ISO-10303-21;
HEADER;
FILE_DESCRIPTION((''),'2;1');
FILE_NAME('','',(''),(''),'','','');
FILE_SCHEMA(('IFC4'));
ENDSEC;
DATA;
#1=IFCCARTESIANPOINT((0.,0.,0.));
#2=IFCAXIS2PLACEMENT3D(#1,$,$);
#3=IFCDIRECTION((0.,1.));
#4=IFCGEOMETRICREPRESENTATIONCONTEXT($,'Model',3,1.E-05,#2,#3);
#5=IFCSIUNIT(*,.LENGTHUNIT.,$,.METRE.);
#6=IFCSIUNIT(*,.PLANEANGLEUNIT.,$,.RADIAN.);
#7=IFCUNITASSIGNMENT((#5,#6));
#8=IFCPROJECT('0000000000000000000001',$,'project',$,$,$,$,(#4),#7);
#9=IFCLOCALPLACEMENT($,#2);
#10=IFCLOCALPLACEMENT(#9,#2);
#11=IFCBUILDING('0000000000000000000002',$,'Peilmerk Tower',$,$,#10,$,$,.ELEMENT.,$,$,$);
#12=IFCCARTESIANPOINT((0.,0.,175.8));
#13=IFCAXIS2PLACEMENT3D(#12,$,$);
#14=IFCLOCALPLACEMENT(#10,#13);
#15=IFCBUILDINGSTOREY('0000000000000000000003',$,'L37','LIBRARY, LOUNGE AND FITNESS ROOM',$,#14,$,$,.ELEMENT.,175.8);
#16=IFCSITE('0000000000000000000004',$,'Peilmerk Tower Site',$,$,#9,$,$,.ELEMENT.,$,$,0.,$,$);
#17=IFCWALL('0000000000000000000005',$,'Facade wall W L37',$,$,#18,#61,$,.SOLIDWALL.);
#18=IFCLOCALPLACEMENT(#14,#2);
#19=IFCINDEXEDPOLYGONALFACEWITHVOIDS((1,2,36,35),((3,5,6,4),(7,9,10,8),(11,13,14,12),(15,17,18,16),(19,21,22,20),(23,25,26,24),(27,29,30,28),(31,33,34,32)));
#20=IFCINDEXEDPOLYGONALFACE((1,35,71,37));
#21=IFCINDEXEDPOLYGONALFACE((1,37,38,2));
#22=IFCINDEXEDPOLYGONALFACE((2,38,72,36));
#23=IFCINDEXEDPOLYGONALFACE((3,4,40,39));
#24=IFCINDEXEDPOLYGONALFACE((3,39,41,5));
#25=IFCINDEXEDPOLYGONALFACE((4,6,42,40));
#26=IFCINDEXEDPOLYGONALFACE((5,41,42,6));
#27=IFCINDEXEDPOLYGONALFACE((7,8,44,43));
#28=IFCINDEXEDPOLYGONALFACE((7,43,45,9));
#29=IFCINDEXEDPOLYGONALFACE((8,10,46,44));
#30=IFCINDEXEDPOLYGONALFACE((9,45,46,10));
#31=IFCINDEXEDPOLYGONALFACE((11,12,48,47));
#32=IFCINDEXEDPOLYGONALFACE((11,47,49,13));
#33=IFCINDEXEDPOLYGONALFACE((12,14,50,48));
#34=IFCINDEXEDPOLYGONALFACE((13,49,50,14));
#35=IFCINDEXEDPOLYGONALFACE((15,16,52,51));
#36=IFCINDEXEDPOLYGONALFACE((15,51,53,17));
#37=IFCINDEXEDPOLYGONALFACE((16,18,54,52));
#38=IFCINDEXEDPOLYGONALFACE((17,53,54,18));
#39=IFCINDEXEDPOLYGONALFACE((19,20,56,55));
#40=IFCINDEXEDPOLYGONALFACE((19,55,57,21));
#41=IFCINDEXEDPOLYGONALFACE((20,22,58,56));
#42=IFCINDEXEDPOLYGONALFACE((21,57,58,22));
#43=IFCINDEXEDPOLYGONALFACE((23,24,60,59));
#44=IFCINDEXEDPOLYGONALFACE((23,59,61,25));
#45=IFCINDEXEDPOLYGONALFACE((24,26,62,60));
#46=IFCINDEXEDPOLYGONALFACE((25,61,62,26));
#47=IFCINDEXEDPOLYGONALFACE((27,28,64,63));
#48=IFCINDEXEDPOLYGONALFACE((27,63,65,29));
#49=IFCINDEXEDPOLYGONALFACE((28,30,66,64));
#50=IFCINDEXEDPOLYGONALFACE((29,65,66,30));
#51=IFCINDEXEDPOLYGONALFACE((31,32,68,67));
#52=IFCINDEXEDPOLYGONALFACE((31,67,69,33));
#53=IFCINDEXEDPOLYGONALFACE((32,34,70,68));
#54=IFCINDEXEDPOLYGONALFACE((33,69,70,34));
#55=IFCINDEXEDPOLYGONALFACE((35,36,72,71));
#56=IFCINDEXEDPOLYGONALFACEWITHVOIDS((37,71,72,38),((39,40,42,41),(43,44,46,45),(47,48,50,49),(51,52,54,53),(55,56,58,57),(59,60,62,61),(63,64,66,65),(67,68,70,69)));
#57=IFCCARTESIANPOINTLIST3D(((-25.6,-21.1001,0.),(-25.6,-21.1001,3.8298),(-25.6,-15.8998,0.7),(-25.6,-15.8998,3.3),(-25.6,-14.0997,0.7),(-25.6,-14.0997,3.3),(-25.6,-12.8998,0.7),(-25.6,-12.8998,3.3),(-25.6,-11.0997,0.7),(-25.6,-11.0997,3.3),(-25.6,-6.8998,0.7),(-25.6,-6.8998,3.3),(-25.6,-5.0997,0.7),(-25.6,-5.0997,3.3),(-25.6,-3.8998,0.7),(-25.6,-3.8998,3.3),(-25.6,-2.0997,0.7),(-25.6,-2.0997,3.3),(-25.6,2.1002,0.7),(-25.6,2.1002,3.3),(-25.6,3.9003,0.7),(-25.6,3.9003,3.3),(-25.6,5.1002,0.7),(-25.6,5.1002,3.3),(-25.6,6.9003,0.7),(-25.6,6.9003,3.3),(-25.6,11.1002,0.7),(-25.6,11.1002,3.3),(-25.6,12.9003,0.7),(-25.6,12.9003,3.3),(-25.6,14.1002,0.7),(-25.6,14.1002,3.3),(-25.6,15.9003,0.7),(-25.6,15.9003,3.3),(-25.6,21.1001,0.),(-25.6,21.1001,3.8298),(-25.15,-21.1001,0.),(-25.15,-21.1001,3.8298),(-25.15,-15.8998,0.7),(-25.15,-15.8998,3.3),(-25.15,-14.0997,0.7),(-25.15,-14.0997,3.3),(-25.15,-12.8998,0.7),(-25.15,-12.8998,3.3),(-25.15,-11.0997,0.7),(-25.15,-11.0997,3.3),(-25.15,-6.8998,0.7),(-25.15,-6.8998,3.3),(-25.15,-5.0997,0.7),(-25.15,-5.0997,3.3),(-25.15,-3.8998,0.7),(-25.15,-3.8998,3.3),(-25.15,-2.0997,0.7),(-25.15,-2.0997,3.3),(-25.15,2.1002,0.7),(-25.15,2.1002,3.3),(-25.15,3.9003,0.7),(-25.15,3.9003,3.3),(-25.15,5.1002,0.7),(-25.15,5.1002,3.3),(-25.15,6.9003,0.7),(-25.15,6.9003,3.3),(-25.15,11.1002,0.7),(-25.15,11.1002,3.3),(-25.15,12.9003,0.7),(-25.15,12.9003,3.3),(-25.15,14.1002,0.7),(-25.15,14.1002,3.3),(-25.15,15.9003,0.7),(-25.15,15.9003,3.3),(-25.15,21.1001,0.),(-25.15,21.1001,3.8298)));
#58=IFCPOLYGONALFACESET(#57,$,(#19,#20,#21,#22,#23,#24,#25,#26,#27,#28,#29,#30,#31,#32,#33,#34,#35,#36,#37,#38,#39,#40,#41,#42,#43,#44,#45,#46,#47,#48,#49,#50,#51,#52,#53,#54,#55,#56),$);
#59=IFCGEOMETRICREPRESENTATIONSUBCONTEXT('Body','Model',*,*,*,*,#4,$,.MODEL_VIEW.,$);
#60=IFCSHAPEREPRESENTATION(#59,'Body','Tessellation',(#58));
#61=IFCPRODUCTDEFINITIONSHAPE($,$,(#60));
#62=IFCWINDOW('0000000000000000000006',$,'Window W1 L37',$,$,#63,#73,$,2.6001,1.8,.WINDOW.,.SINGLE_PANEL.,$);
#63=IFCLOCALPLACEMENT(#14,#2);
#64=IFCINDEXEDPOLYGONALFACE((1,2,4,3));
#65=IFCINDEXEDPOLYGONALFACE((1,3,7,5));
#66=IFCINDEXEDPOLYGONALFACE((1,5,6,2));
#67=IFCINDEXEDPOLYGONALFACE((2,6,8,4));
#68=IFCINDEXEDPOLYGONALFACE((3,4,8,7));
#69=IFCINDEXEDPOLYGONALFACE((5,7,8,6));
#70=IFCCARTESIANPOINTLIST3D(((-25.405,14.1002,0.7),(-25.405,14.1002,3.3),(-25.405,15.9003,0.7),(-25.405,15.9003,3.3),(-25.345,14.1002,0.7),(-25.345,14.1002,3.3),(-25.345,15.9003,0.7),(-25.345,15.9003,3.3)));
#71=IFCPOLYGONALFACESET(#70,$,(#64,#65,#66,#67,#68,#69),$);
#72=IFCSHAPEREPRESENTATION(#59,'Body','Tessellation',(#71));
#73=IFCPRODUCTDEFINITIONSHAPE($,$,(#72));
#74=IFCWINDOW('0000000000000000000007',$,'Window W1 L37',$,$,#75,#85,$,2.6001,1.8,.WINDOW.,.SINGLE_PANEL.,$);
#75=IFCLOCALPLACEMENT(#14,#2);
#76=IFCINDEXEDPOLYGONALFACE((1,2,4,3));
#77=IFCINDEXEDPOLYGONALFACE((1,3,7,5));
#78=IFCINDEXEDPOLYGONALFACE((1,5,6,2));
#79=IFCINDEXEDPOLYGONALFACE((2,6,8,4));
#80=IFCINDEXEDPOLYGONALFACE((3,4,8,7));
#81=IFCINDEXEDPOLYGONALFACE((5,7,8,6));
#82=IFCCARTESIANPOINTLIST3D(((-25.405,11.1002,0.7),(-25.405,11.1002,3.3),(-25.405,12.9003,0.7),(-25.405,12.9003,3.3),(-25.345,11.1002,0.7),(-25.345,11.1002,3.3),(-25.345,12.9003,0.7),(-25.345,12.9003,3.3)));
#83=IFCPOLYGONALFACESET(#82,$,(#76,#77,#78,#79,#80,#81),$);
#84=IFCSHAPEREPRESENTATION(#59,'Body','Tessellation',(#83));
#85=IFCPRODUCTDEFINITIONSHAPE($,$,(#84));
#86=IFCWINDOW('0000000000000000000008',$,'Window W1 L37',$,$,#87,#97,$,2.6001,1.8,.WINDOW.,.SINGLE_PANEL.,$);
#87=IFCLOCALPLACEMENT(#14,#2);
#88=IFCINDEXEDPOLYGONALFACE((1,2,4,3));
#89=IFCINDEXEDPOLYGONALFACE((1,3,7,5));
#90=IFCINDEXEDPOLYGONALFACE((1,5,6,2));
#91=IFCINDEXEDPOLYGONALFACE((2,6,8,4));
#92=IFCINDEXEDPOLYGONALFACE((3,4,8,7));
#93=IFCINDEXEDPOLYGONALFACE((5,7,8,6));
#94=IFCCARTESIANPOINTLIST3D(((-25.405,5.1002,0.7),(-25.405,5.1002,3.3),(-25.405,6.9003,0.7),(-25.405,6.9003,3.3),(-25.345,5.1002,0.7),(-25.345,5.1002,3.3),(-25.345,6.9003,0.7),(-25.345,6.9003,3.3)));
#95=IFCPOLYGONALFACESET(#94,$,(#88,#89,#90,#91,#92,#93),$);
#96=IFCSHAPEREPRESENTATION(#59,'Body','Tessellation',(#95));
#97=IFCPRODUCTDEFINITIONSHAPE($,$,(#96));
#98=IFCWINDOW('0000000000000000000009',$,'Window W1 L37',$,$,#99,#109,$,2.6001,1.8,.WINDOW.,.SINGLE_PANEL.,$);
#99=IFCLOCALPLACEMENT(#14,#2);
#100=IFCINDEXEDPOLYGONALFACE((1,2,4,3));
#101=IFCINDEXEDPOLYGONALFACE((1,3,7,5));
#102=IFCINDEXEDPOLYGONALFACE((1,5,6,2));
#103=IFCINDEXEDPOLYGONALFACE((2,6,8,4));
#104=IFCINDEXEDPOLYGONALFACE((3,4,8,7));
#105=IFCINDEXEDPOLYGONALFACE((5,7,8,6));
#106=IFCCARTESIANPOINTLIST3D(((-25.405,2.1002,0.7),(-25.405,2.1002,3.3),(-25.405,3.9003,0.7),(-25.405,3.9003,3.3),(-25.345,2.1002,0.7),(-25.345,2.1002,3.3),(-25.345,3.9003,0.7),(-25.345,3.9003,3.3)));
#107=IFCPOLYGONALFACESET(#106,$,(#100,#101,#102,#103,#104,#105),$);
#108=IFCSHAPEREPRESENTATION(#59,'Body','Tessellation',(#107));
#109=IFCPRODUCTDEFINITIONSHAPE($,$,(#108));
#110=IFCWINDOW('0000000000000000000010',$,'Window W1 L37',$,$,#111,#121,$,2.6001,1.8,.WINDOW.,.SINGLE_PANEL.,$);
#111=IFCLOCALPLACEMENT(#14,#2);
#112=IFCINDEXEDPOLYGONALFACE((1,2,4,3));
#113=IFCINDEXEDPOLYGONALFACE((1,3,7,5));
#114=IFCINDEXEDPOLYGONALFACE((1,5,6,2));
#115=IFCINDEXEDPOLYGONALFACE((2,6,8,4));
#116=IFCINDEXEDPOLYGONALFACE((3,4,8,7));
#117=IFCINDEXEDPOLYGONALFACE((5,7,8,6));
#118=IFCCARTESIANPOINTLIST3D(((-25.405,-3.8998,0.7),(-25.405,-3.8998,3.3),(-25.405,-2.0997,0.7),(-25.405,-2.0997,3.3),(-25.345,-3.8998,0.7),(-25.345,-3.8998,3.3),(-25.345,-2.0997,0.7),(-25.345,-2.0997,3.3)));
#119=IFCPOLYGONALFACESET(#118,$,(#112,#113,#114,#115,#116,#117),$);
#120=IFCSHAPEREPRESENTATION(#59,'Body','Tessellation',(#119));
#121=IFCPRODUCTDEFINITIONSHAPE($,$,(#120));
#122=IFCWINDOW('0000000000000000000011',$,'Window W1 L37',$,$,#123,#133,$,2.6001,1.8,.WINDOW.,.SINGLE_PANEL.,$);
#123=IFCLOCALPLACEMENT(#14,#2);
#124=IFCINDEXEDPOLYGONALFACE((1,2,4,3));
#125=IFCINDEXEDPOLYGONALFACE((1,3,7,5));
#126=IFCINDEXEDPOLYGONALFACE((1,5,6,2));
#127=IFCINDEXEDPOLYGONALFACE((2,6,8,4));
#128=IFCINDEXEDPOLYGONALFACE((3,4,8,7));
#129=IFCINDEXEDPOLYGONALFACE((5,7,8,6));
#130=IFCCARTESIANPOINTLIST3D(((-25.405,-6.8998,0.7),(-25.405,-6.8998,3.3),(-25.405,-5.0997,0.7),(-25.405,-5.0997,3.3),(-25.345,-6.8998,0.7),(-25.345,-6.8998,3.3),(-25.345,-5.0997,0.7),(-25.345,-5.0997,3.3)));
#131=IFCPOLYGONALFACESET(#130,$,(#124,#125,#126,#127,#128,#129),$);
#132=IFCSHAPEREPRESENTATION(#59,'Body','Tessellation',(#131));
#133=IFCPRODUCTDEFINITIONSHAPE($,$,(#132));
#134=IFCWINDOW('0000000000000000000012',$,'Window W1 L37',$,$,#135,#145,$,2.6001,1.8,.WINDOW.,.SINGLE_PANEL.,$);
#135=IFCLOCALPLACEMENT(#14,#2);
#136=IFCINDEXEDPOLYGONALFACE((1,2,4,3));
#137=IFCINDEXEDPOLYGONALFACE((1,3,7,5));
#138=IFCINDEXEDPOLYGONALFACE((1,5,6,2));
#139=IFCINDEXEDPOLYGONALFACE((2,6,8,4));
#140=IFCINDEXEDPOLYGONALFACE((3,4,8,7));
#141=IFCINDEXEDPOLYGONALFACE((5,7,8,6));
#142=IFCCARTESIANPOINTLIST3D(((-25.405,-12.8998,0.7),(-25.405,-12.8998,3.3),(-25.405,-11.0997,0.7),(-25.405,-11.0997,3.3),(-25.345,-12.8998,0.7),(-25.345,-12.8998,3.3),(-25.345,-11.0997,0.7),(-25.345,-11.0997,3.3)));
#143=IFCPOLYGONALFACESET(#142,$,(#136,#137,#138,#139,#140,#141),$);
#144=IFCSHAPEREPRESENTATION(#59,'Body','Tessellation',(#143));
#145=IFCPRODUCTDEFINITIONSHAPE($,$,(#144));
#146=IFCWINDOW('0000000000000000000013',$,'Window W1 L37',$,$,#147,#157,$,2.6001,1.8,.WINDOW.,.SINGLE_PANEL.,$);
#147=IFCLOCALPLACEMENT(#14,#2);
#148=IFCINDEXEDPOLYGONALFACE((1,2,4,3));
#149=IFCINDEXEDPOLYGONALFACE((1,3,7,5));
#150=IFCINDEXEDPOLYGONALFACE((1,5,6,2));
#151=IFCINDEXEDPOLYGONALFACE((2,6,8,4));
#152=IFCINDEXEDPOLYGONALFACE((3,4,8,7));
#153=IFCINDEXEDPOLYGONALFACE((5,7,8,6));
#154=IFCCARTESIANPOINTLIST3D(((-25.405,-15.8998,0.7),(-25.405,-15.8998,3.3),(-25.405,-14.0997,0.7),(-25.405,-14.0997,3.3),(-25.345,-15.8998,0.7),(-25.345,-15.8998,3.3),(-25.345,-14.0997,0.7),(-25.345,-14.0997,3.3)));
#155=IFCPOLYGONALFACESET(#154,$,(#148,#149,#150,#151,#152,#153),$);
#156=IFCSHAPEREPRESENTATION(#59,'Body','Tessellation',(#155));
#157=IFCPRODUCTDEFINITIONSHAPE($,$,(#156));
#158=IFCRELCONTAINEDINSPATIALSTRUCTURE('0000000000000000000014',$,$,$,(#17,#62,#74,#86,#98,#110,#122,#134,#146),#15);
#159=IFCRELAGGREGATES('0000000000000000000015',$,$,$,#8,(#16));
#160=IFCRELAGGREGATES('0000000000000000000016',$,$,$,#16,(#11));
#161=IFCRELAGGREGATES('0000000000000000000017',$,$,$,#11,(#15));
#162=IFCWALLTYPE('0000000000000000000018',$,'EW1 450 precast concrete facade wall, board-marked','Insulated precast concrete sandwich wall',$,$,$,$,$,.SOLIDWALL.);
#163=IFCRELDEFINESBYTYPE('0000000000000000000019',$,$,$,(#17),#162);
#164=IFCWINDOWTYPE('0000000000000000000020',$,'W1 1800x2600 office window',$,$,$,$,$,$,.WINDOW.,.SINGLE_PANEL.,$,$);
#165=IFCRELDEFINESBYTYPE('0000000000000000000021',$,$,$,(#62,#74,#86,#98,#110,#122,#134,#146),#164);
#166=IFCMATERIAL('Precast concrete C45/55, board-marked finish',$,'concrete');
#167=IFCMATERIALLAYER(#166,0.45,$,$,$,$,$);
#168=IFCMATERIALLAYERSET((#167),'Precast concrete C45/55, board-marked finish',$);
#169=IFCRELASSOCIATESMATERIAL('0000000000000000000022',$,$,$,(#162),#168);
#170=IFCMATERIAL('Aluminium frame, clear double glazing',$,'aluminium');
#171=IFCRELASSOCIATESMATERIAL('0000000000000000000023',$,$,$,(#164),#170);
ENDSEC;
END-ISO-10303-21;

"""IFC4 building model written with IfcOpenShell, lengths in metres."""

from ifc_helpers import new_model, si_unit, direction, frame, frame_2d, origin, place, context, subcontext, project, spatial, rectangle, extrude, material, layer, layer_set, type_object, element, fill, save


model = new_model("IFC4")

# Units and contexts
model_context = context("Model", 3, precision=1e-05, world=origin(), true_north=direction((0.0, 1.0)))
body_context = subcontext(model_context, "Body", "Model", "MODEL_VIEW")
ifc_project = project(units=[si_unit("LENGTHUNIT", "METRE"), si_unit("PLANEANGLEUNIT", "RADIAN")], contexts=[model_context])

# Site, building, storey
site_placement = place(None, origin())
site = spatial("IfcSite", under=ifc_project, at=site_placement, Name="Peilmerk Tower Site", CompositionType="ELEMENT", RefElevation=0.0)
building_placement = place(site_placement, origin())
building = spatial("IfcBuilding", under=site, at=building_placement, Name="Peilmerk Tower", CompositionType="ELEMENT")
storey_placement = place(building_placement, frame((0.0, 0.0, 175.8)))
storey = spatial("IfcBuildingStorey", under=building, at=storey_placement, Name="L37", Description="LIBRARY, LOUNGE AND FITNESS ROOM", CompositionType="ELEMENT", Elevation=175.8)

# Wall, openings, windows
ifc_material_1 = material(Name="Precast concrete C45/55, board-marked finish", Category="concrete")
ifc_layer_1 = layer(ifc_material_1, 0.45)
ifc_layer_set_1 = layer_set([ifc_layer_1], Name="Precast concrete C45/55, board-marked finish")
wall_type = type_object("IfcWallType", Name="EW1 450 precast concrete facade wall, board-marked", Description="Insulated precast concrete sandwich wall", PredefinedType="SOLIDWALL", material=ifc_layer_set_1)
wall_1_placement = place(storey_placement, frame((-25.375, 21.1001, 0.0), z_axis=(0.0, 0.0, 1.0), x_axis=(0.0, -1.0, 0.0)))
wall_1 = element("IfcWall", 1, at=wall_1_placement, inside=storey, type_object=wall_type, Name="Facade wall W L37", PredefinedType="SOLIDWALL", context=body_context, shape_type="SweptSolid", body=[
    extrude(rectangle(XDim=42.2002, YDim=0.45, at=frame_2d((21.1001, 0.0))), origin(), (0.0, 0.0, 1.0), 3.8298),
])
opening_1_placement = place(wall_1_placement, frame((5.2, 0.0, 0.7)))
opening_1 = element("IfcOpeningElement", 2, at=opening_1_placement, cuts=wall_1, PredefinedType="OPENING", context=body_context, shape_type="SweptSolid", body=[
    extrude(rectangle(XDim=1.8, YDim=2.6001, at=frame_2d((0.8999, 1.3))), frame((0.0, 0.2349, 0.0), z_axis=(0.0, -1.0, 0.0), x_axis=(1.0, 0.0, 0.0)), (0.0, 0.0, 1.0), 0.47),
])
opening_2_placement = place(wall_1_placement, frame((8.2, 0.0, 0.7)))
opening_2 = element("IfcOpeningElement", 3, at=opening_2_placement, cuts=wall_1, PredefinedType="OPENING", context=body_context, shape_type="SweptSolid", body=[
    extrude(rectangle(XDim=1.8, YDim=2.6001, at=frame_2d((0.8999, 1.3))), frame((0.0, 0.2349, 0.0), z_axis=(0.0, -1.0, 0.0), x_axis=(1.0, 0.0, 0.0)), (0.0, 0.0, 1.0), 0.47),
])
opening_3_placement = place(wall_1_placement, frame((14.2, 0.0, 0.7)))
opening_3 = element("IfcOpeningElement", 4, at=opening_3_placement, cuts=wall_1, PredefinedType="OPENING", context=body_context, shape_type="SweptSolid", body=[
    extrude(rectangle(XDim=1.8, YDim=2.6001, at=frame_2d((0.8999, 1.3))), frame((0.0, 0.2349, 0.0), z_axis=(0.0, -1.0, 0.0), x_axis=(1.0, 0.0, 0.0)), (0.0, 0.0, 1.0), 0.47),
])
opening_4_placement = place(wall_1_placement, frame((17.2, 0.0, 0.7)))
opening_4 = element("IfcOpeningElement", 5, at=opening_4_placement, cuts=wall_1, PredefinedType="OPENING", context=body_context, shape_type="SweptSolid", body=[
    extrude(rectangle(XDim=1.8, YDim=2.6001, at=frame_2d((0.8999, 1.3))), frame((0.0, 0.2349, 0.0), z_axis=(0.0, -1.0, 0.0), x_axis=(1.0, 0.0, 0.0)), (0.0, 0.0, 1.0), 0.47),
])
opening_5_placement = place(wall_1_placement, frame((23.2, 0.0, 0.7)))
opening_5 = element("IfcOpeningElement", 6, at=opening_5_placement, cuts=wall_1, PredefinedType="OPENING", context=body_context, shape_type="SweptSolid", body=[
    extrude(rectangle(XDim=1.8, YDim=2.6001, at=frame_2d((0.8999, 1.3))), frame((0.0, 0.2349, 0.0), z_axis=(0.0, -1.0, 0.0), x_axis=(1.0, 0.0, 0.0)), (0.0, 0.0, 1.0), 0.47),
])
opening_6_placement = place(wall_1_placement, frame((26.2, 0.0, 0.7)))
opening_6 = element("IfcOpeningElement", 7, at=opening_6_placement, cuts=wall_1, PredefinedType="OPENING", context=body_context, shape_type="SweptSolid", body=[
    extrude(rectangle(XDim=1.8, YDim=2.6001, at=frame_2d((0.8999, 1.3))), frame((0.0, 0.2349, 0.0), z_axis=(0.0, -1.0, 0.0), x_axis=(1.0, 0.0, 0.0)), (0.0, 0.0, 1.0), 0.47),
])
opening_7_placement = place(wall_1_placement, frame((32.2, 0.0, 0.7)))
opening_7 = element("IfcOpeningElement", 8, at=opening_7_placement, cuts=wall_1, PredefinedType="OPENING", context=body_context, shape_type="SweptSolid", body=[
    extrude(rectangle(XDim=1.8, YDim=2.6001, at=frame_2d((0.8999, 1.3))), frame((0.0, 0.2349, 0.0), z_axis=(0.0, -1.0, 0.0), x_axis=(1.0, 0.0, 0.0)), (0.0, 0.0, 1.0), 0.47),
])
opening_8_placement = place(wall_1_placement, frame((35.2, 0.0, 0.7)))
opening_8 = element("IfcOpeningElement", 9, at=opening_8_placement, cuts=wall_1, PredefinedType="OPENING", context=body_context, shape_type="SweptSolid", body=[
    extrude(rectangle(XDim=1.8, YDim=2.6001, at=frame_2d((0.8999, 1.3))), frame((0.0, 0.2349, 0.0), z_axis=(0.0, -1.0, 0.0), x_axis=(1.0, 0.0, 0.0)), (0.0, 0.0, 1.0), 0.47),
])
ifc_material_2 = material(Name="Aluminium frame, clear double glazing", Category="aluminium")
window_type = type_object("IfcWindowType", Name="W1 1800x2600 office window", PartitioningType="SINGLE_PANEL", PredefinedType="WINDOW", material=ifc_material_2)
window_1_placement = place(opening_1_placement, origin())
window_1 = element("IfcWindow", 10, at=window_1_placement, inside=storey, type_object=window_type, Name="Window W1 L37", OverallHeight=2.6001, OverallWidth=1.8, PartitioningType="SINGLE_PANEL", PredefinedType="WINDOW", context=body_context, shape_type="SweptSolid", body=[
    extrude(rectangle(XDim=1.8, YDim=2.6001, at=frame_2d((0.8999, 1.3))), frame((0.0, 0.03, 0.0), z_axis=(0.0, -1.0, 0.0), x_axis=(1.0, 0.0, 0.0)), (0.0, 0.0, 1.0), 0.0601),
])
fill(opening_1, window_1)
window_2_placement = place(opening_2_placement, origin())
window_2 = element("IfcWindow", 11, at=window_2_placement, inside=storey, type_object=window_type, Name="Window W1 L37", OverallHeight=2.6001, OverallWidth=1.8, PartitioningType="SINGLE_PANEL", PredefinedType="WINDOW", context=body_context, shape_type="SweptSolid", body=[
    extrude(rectangle(XDim=1.8, YDim=2.6001, at=frame_2d((0.8999, 1.3))), frame((0.0, 0.03, 0.0), z_axis=(0.0, -1.0, 0.0), x_axis=(1.0, 0.0, 0.0)), (0.0, 0.0, 1.0), 0.0601),
])
fill(opening_2, window_2)
window_3_placement = place(opening_3_placement, origin())
window_3 = element("IfcWindow", 12, at=window_3_placement, inside=storey, type_object=window_type, Name="Window W1 L37", OverallHeight=2.6001, OverallWidth=1.8, PartitioningType="SINGLE_PANEL", PredefinedType="WINDOW", context=body_context, shape_type="SweptSolid", body=[
    extrude(rectangle(XDim=1.8, YDim=2.6001, at=frame_2d((0.8999, 1.3))), frame((0.0, 0.03, 0.0), z_axis=(0.0, -1.0, 0.0), x_axis=(1.0, 0.0, 0.0)), (0.0, 0.0, 1.0), 0.0601),
])
fill(opening_3, window_3)
window_4_placement = place(opening_4_placement, origin())
window_4 = element("IfcWindow", 13, at=window_4_placement, inside=storey, type_object=window_type, Name="Window W1 L37", OverallHeight=2.6001, OverallWidth=1.8, PartitioningType="SINGLE_PANEL", PredefinedType="WINDOW", context=body_context, shape_type="SweptSolid", body=[
    extrude(rectangle(XDim=1.8, YDim=2.6001, at=frame_2d((0.8999, 1.3))), frame((0.0, 0.03, 0.0), z_axis=(0.0, -1.0, 0.0), x_axis=(1.0, 0.0, 0.0)), (0.0, 0.0, 1.0), 0.0601),
])
fill(opening_4, window_4)
window_5_placement = place(opening_5_placement, origin())
window_5 = element("IfcWindow", 14, at=window_5_placement, inside=storey, type_object=window_type, Name="Window W1 L37", OverallHeight=2.6001, OverallWidth=1.8, PartitioningType="SINGLE_PANEL", PredefinedType="WINDOW", context=body_context, shape_type="SweptSolid", body=[
    extrude(rectangle(XDim=1.8, YDim=2.6001, at=frame_2d((0.8999, 1.3))), frame((0.0, 0.03, 0.0), z_axis=(0.0, -1.0, 0.0), x_axis=(1.0, 0.0, 0.0)), (0.0, 0.0, 1.0), 0.0601),
])
fill(opening_5, window_5)
window_6_placement = place(opening_6_placement, origin())
window_6 = element("IfcWindow", 15, at=window_6_placement, inside=storey, type_object=window_type, Name="Window W1 L37", OverallHeight=2.6001, OverallWidth=1.8, PartitioningType="SINGLE_PANEL", PredefinedType="WINDOW", context=body_context, shape_type="SweptSolid", body=[
    extrude(rectangle(XDim=1.8, YDim=2.6001, at=frame_2d((0.8999, 1.3))), frame((0.0, 0.03, 0.0), z_axis=(0.0, -1.0, 0.0), x_axis=(1.0, 0.0, 0.0)), (0.0, 0.0, 1.0), 0.0601),
])
fill(opening_6, window_6)
window_7_placement = place(opening_7_placement, origin())
window_7 = element("IfcWindow", 16, at=window_7_placement, inside=storey, type_object=window_type, Name="Window W1 L37", OverallHeight=2.6001, OverallWidth=1.8, PartitioningType="SINGLE_PANEL", PredefinedType="WINDOW", context=body_context, shape_type="SweptSolid", body=[
    extrude(rectangle(XDim=1.8, YDim=2.6001, at=frame_2d((0.8999, 1.3))), frame((0.0, 0.03, 0.0), z_axis=(0.0, -1.0, 0.0), x_axis=(1.0, 0.0, 0.0)), (0.0, 0.0, 1.0), 0.0601),
])
fill(opening_7, window_7)
window_8_placement = place(opening_8_placement, origin())
window_8 = element("IfcWindow", 17, at=window_8_placement, inside=storey, type_object=window_type, Name="Window W1 L37", OverallHeight=2.6001, OverallWidth=1.8, PartitioningType="SINGLE_PANEL", PredefinedType="WINDOW", context=body_context, shape_type="SweptSolid", body=[
    extrude(rectangle(XDim=1.8, YDim=2.6001, at=frame_2d((0.8999, 1.3))), frame((0.0, 0.03, 0.0), z_axis=(0.0, -1.0, 0.0), x_axis=(1.0, 0.0, 0.0)), (0.0, 0.0, 1.0), 0.0601),
])
fill(opening_8, window_8)

save(model, "model.ifc")
